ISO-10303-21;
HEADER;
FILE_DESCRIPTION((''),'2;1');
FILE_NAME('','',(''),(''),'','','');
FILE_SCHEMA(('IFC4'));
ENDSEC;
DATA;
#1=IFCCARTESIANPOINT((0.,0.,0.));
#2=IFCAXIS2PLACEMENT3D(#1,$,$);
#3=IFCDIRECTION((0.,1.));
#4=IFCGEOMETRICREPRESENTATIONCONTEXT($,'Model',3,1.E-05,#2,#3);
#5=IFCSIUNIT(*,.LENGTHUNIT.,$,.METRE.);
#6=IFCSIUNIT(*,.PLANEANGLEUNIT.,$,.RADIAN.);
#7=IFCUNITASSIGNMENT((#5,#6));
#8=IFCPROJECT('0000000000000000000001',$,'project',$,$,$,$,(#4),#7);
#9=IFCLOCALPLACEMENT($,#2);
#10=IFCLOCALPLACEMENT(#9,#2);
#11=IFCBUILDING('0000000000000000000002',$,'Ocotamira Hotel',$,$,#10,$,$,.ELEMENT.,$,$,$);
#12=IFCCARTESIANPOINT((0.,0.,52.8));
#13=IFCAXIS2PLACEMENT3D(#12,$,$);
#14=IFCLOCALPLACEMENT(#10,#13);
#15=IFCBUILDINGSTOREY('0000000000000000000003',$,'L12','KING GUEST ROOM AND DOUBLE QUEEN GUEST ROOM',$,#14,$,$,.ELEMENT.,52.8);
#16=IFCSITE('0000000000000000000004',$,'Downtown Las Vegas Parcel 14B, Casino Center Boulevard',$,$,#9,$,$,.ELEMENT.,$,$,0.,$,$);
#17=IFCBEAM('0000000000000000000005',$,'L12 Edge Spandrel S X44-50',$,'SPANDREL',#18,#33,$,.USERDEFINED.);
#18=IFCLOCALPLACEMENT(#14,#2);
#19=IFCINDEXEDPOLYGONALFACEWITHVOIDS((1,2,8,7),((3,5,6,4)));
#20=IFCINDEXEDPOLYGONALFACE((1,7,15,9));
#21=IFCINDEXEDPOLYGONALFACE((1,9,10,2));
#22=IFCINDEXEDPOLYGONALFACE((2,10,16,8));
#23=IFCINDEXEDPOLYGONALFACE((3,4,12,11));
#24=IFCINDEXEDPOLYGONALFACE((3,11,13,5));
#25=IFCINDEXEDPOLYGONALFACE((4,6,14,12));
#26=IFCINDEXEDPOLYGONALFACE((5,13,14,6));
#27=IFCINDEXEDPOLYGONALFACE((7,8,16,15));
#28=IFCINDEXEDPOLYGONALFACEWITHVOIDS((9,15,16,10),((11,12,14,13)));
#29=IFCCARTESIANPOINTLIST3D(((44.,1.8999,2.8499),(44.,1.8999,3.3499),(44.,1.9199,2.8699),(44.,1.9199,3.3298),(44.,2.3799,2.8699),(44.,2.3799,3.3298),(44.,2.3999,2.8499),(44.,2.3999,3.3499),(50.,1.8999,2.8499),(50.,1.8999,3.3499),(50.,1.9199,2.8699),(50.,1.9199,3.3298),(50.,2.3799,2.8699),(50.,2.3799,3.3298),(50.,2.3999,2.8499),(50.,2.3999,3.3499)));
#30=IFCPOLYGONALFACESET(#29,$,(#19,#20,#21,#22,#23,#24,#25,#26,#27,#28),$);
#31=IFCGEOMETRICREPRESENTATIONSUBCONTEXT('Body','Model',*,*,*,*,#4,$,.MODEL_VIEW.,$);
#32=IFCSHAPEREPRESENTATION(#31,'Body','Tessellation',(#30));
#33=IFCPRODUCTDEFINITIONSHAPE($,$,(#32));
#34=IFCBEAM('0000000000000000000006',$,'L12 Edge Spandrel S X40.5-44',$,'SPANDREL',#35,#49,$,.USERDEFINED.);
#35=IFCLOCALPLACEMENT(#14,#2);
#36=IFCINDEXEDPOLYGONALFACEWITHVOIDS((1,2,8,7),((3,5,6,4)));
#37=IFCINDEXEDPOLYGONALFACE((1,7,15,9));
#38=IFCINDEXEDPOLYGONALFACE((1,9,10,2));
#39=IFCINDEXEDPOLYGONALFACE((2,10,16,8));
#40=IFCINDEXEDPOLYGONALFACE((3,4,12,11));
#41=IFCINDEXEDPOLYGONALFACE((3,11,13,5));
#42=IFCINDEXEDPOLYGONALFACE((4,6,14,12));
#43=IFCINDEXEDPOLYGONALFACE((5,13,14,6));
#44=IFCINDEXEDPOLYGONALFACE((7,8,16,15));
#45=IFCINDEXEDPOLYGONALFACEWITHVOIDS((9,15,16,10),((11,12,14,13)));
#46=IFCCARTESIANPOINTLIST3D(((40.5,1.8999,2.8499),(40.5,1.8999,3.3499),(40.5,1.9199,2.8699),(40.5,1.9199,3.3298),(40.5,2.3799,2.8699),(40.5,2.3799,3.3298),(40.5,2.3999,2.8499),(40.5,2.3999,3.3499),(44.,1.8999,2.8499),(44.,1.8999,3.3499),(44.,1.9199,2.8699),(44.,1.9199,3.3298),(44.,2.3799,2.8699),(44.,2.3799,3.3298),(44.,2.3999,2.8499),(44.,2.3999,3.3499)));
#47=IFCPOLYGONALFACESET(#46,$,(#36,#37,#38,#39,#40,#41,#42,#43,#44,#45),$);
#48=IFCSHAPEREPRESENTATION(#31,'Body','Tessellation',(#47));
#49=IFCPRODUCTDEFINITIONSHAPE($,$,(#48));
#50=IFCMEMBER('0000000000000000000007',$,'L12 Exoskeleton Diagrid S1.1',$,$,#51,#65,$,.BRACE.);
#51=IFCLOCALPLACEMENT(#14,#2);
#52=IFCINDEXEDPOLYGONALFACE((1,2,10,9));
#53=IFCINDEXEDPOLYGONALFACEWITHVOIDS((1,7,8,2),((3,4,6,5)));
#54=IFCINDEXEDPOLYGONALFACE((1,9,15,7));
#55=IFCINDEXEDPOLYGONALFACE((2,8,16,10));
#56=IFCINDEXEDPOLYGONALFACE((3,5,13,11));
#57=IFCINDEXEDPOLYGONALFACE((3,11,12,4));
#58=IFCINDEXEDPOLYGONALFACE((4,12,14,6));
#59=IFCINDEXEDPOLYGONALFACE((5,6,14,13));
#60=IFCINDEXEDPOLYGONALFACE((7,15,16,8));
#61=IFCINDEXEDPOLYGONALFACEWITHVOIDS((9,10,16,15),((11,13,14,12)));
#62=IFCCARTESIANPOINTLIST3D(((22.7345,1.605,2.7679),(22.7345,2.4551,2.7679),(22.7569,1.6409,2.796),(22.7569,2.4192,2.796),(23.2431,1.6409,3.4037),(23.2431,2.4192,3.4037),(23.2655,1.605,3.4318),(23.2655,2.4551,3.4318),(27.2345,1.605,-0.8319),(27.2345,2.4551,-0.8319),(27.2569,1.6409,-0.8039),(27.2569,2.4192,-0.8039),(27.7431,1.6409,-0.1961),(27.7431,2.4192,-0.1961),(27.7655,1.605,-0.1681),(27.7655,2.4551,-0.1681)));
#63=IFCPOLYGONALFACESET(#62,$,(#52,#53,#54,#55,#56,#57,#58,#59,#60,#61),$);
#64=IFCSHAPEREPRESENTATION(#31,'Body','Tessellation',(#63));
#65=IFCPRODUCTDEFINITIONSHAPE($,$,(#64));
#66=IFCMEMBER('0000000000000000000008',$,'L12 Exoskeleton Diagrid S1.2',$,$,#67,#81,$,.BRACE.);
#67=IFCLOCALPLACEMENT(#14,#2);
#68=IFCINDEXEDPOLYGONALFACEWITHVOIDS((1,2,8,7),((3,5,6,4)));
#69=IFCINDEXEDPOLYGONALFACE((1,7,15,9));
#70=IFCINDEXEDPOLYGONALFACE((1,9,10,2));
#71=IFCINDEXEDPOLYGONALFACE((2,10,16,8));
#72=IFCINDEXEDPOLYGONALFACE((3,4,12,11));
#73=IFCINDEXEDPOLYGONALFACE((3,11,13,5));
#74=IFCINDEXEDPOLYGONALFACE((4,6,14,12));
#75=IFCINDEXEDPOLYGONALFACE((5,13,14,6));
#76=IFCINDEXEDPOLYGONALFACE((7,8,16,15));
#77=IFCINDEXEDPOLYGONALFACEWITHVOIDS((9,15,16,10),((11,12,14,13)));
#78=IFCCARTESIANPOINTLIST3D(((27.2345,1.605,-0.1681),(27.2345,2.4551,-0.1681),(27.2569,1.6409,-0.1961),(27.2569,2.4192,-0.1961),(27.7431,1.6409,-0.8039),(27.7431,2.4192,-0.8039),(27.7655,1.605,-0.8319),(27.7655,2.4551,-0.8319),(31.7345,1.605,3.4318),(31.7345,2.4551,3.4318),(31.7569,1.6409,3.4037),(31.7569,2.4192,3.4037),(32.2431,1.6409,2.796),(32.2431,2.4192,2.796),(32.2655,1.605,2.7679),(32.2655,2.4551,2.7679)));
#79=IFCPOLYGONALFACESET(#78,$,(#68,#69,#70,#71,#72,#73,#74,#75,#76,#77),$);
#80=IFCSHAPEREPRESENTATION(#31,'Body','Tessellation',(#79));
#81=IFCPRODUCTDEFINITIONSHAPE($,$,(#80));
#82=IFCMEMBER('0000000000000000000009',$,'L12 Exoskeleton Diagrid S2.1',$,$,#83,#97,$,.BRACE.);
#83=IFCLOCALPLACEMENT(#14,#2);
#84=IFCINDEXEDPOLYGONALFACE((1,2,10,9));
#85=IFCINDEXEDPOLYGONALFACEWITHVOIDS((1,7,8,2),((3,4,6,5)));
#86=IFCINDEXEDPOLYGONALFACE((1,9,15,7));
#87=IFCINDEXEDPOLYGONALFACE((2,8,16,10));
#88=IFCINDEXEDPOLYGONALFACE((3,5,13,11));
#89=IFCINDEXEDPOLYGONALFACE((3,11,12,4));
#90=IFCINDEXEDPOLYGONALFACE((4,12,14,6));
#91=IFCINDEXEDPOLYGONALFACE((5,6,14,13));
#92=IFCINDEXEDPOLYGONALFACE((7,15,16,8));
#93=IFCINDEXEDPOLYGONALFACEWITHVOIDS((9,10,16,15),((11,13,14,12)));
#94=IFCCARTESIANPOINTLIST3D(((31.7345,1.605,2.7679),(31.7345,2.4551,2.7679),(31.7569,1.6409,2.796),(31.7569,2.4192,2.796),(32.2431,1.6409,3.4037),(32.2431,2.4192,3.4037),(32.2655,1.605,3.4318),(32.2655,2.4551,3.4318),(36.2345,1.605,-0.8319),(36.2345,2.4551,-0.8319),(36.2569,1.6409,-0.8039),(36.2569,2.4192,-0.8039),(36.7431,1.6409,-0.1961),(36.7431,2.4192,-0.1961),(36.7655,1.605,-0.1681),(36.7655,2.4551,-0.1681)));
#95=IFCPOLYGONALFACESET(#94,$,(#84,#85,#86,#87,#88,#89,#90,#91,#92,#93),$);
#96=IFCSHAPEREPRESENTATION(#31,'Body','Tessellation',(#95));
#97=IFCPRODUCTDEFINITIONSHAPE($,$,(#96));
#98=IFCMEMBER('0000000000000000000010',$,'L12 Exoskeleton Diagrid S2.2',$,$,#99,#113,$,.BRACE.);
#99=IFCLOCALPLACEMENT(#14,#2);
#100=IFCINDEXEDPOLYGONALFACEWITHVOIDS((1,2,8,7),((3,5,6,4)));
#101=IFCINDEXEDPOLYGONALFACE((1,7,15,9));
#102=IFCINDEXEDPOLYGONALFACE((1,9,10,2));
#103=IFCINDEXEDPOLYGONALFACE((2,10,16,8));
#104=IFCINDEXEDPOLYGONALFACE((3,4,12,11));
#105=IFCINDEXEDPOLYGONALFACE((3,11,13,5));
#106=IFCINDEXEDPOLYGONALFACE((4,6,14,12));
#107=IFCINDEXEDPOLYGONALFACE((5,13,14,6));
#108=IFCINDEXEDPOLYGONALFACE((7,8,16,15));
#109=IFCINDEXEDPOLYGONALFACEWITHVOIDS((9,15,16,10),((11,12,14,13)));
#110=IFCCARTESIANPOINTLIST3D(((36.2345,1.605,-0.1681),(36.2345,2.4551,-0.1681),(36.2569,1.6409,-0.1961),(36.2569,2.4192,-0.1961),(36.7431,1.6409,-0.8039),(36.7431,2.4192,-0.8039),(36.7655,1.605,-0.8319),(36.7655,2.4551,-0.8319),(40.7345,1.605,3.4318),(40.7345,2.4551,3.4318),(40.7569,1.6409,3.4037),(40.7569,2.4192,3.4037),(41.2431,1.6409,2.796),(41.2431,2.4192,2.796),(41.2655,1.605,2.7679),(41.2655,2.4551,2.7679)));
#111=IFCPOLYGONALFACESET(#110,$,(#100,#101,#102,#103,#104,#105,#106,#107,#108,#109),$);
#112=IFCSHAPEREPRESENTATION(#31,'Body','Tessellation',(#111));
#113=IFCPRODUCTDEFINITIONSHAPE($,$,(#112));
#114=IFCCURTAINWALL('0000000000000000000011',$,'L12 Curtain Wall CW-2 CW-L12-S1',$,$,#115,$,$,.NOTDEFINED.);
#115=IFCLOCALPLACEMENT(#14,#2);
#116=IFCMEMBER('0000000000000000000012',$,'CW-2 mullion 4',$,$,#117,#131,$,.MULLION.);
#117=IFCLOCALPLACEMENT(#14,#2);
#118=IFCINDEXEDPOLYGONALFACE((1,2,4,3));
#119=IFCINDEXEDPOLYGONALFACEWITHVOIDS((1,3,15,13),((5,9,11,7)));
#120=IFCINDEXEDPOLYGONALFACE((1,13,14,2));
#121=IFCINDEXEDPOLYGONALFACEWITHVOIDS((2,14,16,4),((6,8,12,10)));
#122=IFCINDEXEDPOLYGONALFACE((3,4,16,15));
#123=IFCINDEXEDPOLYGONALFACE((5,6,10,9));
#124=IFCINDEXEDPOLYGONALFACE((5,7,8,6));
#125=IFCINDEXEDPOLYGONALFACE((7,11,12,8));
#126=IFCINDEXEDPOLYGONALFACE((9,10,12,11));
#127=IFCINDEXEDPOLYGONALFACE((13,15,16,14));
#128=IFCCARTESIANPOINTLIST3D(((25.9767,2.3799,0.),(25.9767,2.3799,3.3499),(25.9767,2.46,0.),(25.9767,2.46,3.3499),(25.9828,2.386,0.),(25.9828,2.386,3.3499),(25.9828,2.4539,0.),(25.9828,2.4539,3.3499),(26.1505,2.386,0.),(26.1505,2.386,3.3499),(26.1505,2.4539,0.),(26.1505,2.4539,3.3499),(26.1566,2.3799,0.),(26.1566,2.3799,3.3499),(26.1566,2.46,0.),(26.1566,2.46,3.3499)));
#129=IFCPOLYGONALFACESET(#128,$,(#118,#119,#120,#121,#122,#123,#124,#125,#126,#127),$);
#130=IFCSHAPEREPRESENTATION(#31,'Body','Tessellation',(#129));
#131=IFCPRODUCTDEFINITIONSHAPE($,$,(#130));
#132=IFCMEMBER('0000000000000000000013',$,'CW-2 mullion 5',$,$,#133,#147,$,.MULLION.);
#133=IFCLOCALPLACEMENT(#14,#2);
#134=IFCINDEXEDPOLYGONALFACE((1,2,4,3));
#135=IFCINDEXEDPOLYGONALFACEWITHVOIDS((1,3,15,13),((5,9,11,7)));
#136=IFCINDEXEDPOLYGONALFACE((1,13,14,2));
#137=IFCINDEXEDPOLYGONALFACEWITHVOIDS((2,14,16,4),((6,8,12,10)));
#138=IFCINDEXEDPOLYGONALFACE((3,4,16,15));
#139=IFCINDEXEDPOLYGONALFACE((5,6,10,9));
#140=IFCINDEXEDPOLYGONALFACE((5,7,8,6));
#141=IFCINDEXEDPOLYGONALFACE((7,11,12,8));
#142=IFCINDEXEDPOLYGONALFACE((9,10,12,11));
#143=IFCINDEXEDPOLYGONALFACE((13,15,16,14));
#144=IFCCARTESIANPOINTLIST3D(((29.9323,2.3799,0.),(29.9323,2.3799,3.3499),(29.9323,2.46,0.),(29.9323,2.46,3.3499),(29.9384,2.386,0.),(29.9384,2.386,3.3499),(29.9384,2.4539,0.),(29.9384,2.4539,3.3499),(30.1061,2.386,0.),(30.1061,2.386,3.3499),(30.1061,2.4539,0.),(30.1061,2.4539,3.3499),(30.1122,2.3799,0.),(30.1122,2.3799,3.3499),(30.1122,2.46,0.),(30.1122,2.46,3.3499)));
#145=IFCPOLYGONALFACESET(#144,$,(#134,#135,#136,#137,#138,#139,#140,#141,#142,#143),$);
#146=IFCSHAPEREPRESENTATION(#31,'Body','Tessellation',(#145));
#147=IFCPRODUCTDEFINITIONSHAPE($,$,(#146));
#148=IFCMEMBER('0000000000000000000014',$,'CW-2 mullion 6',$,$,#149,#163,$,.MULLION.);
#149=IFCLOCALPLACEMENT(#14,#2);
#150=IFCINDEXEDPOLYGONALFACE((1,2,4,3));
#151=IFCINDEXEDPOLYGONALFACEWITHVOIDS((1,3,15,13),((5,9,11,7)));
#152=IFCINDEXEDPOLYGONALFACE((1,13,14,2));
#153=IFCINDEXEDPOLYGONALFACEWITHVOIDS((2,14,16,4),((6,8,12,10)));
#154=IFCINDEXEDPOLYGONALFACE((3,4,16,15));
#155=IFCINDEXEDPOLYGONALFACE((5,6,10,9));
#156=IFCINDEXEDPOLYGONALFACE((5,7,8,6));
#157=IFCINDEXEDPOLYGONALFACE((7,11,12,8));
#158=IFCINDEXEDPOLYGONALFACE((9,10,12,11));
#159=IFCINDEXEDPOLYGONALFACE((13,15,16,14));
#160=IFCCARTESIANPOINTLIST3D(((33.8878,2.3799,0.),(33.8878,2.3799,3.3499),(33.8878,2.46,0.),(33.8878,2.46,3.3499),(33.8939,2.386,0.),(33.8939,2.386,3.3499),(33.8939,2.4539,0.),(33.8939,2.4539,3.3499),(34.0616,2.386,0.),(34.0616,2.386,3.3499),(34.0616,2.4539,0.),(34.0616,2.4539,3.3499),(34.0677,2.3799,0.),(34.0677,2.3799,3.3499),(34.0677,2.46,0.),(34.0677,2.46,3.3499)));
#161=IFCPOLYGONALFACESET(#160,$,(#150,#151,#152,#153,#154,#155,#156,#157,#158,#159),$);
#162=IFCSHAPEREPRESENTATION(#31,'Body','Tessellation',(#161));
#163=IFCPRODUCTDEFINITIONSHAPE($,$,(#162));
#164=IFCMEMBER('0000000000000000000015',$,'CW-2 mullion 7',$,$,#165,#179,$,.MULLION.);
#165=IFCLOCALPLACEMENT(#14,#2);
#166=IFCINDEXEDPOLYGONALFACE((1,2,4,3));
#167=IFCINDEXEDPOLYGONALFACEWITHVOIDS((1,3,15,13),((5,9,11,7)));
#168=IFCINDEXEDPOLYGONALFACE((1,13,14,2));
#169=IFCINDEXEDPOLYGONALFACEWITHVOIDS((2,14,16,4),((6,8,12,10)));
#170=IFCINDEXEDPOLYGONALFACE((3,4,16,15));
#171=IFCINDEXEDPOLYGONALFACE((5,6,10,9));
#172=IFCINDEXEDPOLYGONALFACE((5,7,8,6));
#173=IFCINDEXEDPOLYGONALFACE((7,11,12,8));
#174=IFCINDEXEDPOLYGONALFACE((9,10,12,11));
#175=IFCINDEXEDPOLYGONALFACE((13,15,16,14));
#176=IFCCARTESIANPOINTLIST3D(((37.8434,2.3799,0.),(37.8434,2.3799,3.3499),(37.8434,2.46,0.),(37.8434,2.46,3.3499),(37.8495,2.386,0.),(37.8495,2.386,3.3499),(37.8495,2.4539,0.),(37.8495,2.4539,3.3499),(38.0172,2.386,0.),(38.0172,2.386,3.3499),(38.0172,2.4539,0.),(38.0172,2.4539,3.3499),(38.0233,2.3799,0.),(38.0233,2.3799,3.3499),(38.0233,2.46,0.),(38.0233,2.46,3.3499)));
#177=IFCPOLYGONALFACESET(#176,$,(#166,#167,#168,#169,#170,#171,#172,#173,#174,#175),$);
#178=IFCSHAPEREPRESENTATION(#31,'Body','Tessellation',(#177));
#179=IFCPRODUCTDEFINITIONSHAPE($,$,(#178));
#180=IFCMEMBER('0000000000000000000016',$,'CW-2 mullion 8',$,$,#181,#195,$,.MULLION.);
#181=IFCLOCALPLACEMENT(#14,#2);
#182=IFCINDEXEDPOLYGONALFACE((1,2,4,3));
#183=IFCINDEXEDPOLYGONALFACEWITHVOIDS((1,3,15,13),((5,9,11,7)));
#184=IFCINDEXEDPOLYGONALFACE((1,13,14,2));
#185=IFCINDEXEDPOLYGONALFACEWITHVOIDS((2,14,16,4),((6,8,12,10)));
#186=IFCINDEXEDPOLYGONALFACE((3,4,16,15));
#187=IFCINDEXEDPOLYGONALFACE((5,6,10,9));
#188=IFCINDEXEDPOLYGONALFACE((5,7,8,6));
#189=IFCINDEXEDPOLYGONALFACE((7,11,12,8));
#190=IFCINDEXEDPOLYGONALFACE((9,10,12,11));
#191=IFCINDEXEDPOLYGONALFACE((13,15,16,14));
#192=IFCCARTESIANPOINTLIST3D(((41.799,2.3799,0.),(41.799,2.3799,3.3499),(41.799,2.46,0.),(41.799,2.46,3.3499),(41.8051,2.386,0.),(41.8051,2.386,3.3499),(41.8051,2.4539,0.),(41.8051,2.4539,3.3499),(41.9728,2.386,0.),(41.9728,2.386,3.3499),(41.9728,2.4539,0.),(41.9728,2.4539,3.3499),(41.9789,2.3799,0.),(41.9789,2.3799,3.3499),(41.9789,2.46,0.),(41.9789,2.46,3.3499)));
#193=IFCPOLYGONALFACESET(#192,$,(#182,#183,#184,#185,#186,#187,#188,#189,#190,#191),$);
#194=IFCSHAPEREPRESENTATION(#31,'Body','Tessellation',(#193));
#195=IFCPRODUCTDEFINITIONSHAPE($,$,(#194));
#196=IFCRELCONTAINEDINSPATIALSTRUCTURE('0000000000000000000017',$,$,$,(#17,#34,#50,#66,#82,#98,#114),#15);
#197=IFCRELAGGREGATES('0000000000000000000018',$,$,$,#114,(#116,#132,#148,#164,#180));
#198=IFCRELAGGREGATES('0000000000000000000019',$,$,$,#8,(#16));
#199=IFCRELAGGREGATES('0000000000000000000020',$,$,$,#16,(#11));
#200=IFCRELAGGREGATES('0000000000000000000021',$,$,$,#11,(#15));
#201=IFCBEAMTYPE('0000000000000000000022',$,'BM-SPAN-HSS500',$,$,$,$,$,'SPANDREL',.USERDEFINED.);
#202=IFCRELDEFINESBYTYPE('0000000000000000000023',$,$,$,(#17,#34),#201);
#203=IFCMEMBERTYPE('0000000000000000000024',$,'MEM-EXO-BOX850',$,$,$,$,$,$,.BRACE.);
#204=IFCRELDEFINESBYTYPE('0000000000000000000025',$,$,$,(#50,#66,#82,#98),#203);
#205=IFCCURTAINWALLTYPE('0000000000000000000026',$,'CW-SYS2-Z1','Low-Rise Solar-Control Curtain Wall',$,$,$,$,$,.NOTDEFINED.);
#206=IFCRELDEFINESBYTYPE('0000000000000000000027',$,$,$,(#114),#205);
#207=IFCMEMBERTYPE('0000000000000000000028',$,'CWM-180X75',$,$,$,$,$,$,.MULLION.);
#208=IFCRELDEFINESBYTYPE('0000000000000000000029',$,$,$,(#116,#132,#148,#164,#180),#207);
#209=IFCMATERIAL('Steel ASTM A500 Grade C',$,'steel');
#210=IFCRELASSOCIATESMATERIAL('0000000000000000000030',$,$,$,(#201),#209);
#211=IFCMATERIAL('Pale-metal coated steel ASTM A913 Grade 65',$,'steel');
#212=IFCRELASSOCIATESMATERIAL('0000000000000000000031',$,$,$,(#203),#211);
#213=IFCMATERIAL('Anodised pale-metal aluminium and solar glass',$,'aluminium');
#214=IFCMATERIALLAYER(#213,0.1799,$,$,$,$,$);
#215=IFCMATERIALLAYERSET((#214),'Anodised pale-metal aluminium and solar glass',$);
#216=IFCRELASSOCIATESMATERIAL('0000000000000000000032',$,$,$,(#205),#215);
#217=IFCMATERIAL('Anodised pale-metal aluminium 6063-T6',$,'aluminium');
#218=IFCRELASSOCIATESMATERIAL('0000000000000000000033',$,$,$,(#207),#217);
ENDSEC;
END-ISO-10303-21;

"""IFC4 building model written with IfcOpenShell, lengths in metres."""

from ifc_helpers import new_model, si_unit, direction, frame, origin, origin_2d, place, context, subcontext, project, spatial, hollow_rectangle, extrude, source, transform, mapped, material, layer, layer_set, material_profile, profile_set, type_object, element, aggregate, save


model = new_model("IFC4")

# Units and contexts
model_context = context("Model", 3, precision=1e-05, world=origin(), true_north=direction((0.0, 1.0)))
body_context = subcontext(model_context, "Body", "Model", "MODEL_VIEW")
ifc_project = project(units=[si_unit("LENGTHUNIT", "METRE"), si_unit("PLANEANGLEUNIT", "RADIAN")], contexts=[model_context])

# Site, building, storey
site_placement = place(None, origin())
site = spatial("IfcSite", under=ifc_project, at=site_placement, Name="Downtown Las Vegas Parcel 14B, Casino Center Boulevard", CompositionType="ELEMENT", RefElevation=0.0)
building_placement = place(site_placement, origin())
building = spatial("IfcBuilding", under=site, at=building_placement, Name="Ocotamira Hotel", CompositionType="ELEMENT")
storey_placement = place(building_placement, frame((0.0, 0.0, 52.8)))
storey = spatial("IfcBuildingStorey", under=building, at=storey_placement, Name="L12", Description="KING GUEST ROOM AND DOUBLE QUEEN GUEST ROOM", CompositionType="ELEMENT", Elevation=52.8)

# Beams
ifc_material_1 = material(Name="Steel ASTM A500 Grade C", Category="steel")
ifc_material_profile_1 = material_profile(ifc_material_1, hollow_rectangle(XDim=0.5, YDim=0.5, WallThickness=0.02, at=origin_2d()), Name="HSS500X500X20")
ifc_profile_set_1 = profile_set([ifc_material_profile_1], Name="Steel ASTM A500 Grade C")
beam_type = type_object("IfcBeamType", Name="BM-SPAN-HSS500", ElementType="SPANDREL", PredefinedType="USERDEFINED", material=ifc_profile_set_1)
shared_shape_1 = source(origin(), body_context, "Body", "SweptSolid", [
    extrude(hollow_rectangle(XDim=0.5, YDim=0.5, WallThickness=0.02, at=origin_2d()), origin(), (0.0, 0.0, 1.0), 6.0),
])
beam_1_placement = place(storey_placement, frame((44.0, 2.1499, 3.0999), z_axis=(1.0, 0.0, 0.0), x_axis=(0.0, 1.0, 0.0)))
element("IfcBeam", 1, at=beam_1_placement, inside=storey, type_object=beam_type, Name="L12 Edge Spandrel S X44-50", ObjectType="SPANDREL", PredefinedType="USERDEFINED", context=body_context, shape_type="MappedRepresentation", body=[
    mapped(shared_shape_1, transform((0.0, 0.0, 0.0), scale=1.0)),
])
shared_shape_2 = source(origin(), body_context, "Body", "SweptSolid", [
    extrude(hollow_rectangle(XDim=0.5, YDim=0.5, WallThickness=0.02, at=origin_2d()), origin(), (0.0, 0.0, 1.0), 3.5),
])
beam_2_placement = place(storey_placement, frame((40.5, 2.1499, 3.0999), z_axis=(1.0, 0.0, 0.0), x_axis=(0.0, 1.0, 0.0)))
element("IfcBeam", 2, at=beam_2_placement, inside=storey, type_object=beam_type, Name="L12 Edge Spandrel S X40.5-44", ObjectType="SPANDREL", PredefinedType="USERDEFINED", context=body_context, shape_type="MappedRepresentation", body=[
    mapped(shared_shape_2, transform((0.0, 0.0, 0.0), scale=1.0)),
])

# Members
ifc_material_2 = material(Name="Pale-metal coated steel ASTM A913 Grade 65", Category="steel")
ifc_material_profile_2 = material_profile(ifc_material_2, hollow_rectangle(XDim=0.8501, YDim=0.8501, WallThickness=0.0359, at=origin_2d()), Name="BOX850X850X36")
ifc_profile_set_2 = profile_set([ifc_material_profile_2], Name="Pale-metal coated steel ASTM A913 Grade 65")
member_type_1 = type_object("IfcMemberType", Name="MEM-EXO-BOX850", PredefinedType="BRACE", material=ifc_profile_set_2)
shared_shape_3 = source(origin(), body_context, "Body", "SweptSolid", [
    extrude(hollow_rectangle(XDim=0.8501, YDim=0.8501, WallThickness=0.0359, at=origin_2d()), origin(), (0.0, 0.0, 1.0), 5.7627),
])
for number, where, z_axis, x_axis, name in (
    (3, (27.5, 2.03, -0.5), (-0.780881, 0.0, 0.62468), (0.0, -1.0, 0.0), "L12 Exoskeleton Diagrid S1.1"),
    (4, (27.5, 2.03, -0.5), (0.780881, 0.0, 0.62468), (0.0, 1.0, 0.0), "L12 Exoskeleton Diagrid S1.2"),
    (5, (36.5, 2.03, -0.5), (-0.780881, 0.0, 0.62468), (0.0, -1.0, 0.0), "L12 Exoskeleton Diagrid S2.1"),
    (6, (36.5, 2.03, -0.5), (0.780881, 0.0, 0.62468), (0.0, 1.0, 0.0), "L12 Exoskeleton Diagrid S2.2"),
):
    element("IfcMember", number, at=place(storey_placement, frame(where, z_axis=z_axis, x_axis=x_axis)), inside=storey, type_object=member_type_1, Name=name, PredefinedType="BRACE", context=body_context, shape_type="MappedRepresentation", body=[
        mapped(shared_shape_3, transform((0.0, 0.0, 0.0), scale=1.0)),
    ])

# Curtain wall, members
ifc_material_3 = material(Name="Anodised pale-metal aluminium and solar glass", Category="aluminium")
ifc_layer_1 = layer(ifc_material_3, 0.1799)
ifc_layer_set_1 = layer_set([ifc_layer_1], Name="Anodised pale-metal aluminium and solar glass")
curtain_wall_type = type_object("IfcCurtainWallType", Name="CW-SYS2-Z1", Description="Low-Rise Solar-Control Curtain Wall", PredefinedType="NOTDEFINED", material=ifc_layer_set_1)
curtain_wall_placement = place(storey_placement, origin())
curtain_wall = element("IfcCurtainWall", 7, at=curtain_wall_placement, inside=storey, type_object=curtain_wall_type, Name="L12 Curtain Wall CW-2 CW-L12-S1", PredefinedType="NOTDEFINED")
ifc_material_4 = material(Name="Anodised pale-metal aluminium 6063-T6", Category="aluminium")
ifc_material_profile_3 = material_profile(ifc_material_4, hollow_rectangle(XDim=0.0801, YDim=0.1799, WallThickness=0.0061, at=origin_2d()), Name="HSS180X80X6")
ifc_profile_set_3 = profile_set([ifc_material_profile_3], Name="Anodised pale-metal aluminium 6063-T6")
member_type_2 = type_object("IfcMemberType", Name="CWM-180X75", PredefinedType="MULLION", material=ifc_profile_set_3)
shared_shape_4 = source(origin(), body_context, "Body", "SweptSolid", [
    extrude(hollow_rectangle(XDim=0.0801, YDim=0.1799, WallThickness=0.0061, at=origin_2d()), origin(), (0.0, 0.0, 1.0), 3.3499),
])
member_1_placement = place(storey_placement, frame((26.0667, 2.4199, 0.0), z_axis=(0.0, 0.0, 1.0), x_axis=(0.0, 1.0, 0.0)))
member_1 = element("IfcMember", 8, at=member_1_placement, type_object=member_type_2, Name="CW-2 mullion 4", PredefinedType="MULLION", context=body_context, shape_type="MappedRepresentation", body=[
    mapped(shared_shape_4, transform((0.0, 0.0, 0.0), scale=1.0)),
])
member_2_placement = place(storey_placement, frame((30.0222, 2.4199, 0.0), z_axis=(0.0, 0.0, 1.0), x_axis=(0.0, 1.0, 0.0)))
member_2 = element("IfcMember", 9, at=member_2_placement, type_object=member_type_2, Name="CW-2 mullion 5", PredefinedType="MULLION", context=body_context, shape_type="MappedRepresentation", body=[
    mapped(shared_shape_4, transform((0.0, 0.0, 0.0), scale=1.0)),
])
member_3_placement = place(storey_placement, frame((33.9778, 2.4199, 0.0), z_axis=(0.0, 0.0, 1.0), x_axis=(0.0, 1.0, 0.0)))
member_3 = element("IfcMember", 10, at=member_3_placement, type_object=member_type_2, Name="CW-2 mullion 6", PredefinedType="MULLION", context=body_context, shape_type="MappedRepresentation", body=[
    mapped(shared_shape_4, transform((0.0, 0.0, 0.0), scale=1.0)),
])
member_4_placement = place(storey_placement, frame((37.9333, 2.4199, 0.0), z_axis=(0.0, 0.0, 1.0), x_axis=(0.0, 1.0, 0.0)))
member_4 = element("IfcMember", 11, at=member_4_placement, type_object=member_type_2, Name="CW-2 mullion 7", PredefinedType="MULLION", context=body_context, shape_type="MappedRepresentation", body=[
    mapped(shared_shape_4, transform((0.0, 0.0, 0.0), scale=1.0)),
])
member_5_placement = place(storey_placement, frame((41.8889, 2.4199, 0.0), z_axis=(0.0, 0.0, 1.0), x_axis=(0.0, 1.0, 0.0)))
member_5 = element("IfcMember", 12, at=member_5_placement, type_object=member_type_2, Name="CW-2 mullion 8", PredefinedType="MULLION", context=body_context, shape_type="MappedRepresentation", body=[
    mapped(shared_shape_4, transform((0.0, 0.0, 0.0), scale=1.0)),
])

aggregate(curtain_wall, [member_1, member_2, member_3, member_4, member_5])

save(model, "model.ifc")
